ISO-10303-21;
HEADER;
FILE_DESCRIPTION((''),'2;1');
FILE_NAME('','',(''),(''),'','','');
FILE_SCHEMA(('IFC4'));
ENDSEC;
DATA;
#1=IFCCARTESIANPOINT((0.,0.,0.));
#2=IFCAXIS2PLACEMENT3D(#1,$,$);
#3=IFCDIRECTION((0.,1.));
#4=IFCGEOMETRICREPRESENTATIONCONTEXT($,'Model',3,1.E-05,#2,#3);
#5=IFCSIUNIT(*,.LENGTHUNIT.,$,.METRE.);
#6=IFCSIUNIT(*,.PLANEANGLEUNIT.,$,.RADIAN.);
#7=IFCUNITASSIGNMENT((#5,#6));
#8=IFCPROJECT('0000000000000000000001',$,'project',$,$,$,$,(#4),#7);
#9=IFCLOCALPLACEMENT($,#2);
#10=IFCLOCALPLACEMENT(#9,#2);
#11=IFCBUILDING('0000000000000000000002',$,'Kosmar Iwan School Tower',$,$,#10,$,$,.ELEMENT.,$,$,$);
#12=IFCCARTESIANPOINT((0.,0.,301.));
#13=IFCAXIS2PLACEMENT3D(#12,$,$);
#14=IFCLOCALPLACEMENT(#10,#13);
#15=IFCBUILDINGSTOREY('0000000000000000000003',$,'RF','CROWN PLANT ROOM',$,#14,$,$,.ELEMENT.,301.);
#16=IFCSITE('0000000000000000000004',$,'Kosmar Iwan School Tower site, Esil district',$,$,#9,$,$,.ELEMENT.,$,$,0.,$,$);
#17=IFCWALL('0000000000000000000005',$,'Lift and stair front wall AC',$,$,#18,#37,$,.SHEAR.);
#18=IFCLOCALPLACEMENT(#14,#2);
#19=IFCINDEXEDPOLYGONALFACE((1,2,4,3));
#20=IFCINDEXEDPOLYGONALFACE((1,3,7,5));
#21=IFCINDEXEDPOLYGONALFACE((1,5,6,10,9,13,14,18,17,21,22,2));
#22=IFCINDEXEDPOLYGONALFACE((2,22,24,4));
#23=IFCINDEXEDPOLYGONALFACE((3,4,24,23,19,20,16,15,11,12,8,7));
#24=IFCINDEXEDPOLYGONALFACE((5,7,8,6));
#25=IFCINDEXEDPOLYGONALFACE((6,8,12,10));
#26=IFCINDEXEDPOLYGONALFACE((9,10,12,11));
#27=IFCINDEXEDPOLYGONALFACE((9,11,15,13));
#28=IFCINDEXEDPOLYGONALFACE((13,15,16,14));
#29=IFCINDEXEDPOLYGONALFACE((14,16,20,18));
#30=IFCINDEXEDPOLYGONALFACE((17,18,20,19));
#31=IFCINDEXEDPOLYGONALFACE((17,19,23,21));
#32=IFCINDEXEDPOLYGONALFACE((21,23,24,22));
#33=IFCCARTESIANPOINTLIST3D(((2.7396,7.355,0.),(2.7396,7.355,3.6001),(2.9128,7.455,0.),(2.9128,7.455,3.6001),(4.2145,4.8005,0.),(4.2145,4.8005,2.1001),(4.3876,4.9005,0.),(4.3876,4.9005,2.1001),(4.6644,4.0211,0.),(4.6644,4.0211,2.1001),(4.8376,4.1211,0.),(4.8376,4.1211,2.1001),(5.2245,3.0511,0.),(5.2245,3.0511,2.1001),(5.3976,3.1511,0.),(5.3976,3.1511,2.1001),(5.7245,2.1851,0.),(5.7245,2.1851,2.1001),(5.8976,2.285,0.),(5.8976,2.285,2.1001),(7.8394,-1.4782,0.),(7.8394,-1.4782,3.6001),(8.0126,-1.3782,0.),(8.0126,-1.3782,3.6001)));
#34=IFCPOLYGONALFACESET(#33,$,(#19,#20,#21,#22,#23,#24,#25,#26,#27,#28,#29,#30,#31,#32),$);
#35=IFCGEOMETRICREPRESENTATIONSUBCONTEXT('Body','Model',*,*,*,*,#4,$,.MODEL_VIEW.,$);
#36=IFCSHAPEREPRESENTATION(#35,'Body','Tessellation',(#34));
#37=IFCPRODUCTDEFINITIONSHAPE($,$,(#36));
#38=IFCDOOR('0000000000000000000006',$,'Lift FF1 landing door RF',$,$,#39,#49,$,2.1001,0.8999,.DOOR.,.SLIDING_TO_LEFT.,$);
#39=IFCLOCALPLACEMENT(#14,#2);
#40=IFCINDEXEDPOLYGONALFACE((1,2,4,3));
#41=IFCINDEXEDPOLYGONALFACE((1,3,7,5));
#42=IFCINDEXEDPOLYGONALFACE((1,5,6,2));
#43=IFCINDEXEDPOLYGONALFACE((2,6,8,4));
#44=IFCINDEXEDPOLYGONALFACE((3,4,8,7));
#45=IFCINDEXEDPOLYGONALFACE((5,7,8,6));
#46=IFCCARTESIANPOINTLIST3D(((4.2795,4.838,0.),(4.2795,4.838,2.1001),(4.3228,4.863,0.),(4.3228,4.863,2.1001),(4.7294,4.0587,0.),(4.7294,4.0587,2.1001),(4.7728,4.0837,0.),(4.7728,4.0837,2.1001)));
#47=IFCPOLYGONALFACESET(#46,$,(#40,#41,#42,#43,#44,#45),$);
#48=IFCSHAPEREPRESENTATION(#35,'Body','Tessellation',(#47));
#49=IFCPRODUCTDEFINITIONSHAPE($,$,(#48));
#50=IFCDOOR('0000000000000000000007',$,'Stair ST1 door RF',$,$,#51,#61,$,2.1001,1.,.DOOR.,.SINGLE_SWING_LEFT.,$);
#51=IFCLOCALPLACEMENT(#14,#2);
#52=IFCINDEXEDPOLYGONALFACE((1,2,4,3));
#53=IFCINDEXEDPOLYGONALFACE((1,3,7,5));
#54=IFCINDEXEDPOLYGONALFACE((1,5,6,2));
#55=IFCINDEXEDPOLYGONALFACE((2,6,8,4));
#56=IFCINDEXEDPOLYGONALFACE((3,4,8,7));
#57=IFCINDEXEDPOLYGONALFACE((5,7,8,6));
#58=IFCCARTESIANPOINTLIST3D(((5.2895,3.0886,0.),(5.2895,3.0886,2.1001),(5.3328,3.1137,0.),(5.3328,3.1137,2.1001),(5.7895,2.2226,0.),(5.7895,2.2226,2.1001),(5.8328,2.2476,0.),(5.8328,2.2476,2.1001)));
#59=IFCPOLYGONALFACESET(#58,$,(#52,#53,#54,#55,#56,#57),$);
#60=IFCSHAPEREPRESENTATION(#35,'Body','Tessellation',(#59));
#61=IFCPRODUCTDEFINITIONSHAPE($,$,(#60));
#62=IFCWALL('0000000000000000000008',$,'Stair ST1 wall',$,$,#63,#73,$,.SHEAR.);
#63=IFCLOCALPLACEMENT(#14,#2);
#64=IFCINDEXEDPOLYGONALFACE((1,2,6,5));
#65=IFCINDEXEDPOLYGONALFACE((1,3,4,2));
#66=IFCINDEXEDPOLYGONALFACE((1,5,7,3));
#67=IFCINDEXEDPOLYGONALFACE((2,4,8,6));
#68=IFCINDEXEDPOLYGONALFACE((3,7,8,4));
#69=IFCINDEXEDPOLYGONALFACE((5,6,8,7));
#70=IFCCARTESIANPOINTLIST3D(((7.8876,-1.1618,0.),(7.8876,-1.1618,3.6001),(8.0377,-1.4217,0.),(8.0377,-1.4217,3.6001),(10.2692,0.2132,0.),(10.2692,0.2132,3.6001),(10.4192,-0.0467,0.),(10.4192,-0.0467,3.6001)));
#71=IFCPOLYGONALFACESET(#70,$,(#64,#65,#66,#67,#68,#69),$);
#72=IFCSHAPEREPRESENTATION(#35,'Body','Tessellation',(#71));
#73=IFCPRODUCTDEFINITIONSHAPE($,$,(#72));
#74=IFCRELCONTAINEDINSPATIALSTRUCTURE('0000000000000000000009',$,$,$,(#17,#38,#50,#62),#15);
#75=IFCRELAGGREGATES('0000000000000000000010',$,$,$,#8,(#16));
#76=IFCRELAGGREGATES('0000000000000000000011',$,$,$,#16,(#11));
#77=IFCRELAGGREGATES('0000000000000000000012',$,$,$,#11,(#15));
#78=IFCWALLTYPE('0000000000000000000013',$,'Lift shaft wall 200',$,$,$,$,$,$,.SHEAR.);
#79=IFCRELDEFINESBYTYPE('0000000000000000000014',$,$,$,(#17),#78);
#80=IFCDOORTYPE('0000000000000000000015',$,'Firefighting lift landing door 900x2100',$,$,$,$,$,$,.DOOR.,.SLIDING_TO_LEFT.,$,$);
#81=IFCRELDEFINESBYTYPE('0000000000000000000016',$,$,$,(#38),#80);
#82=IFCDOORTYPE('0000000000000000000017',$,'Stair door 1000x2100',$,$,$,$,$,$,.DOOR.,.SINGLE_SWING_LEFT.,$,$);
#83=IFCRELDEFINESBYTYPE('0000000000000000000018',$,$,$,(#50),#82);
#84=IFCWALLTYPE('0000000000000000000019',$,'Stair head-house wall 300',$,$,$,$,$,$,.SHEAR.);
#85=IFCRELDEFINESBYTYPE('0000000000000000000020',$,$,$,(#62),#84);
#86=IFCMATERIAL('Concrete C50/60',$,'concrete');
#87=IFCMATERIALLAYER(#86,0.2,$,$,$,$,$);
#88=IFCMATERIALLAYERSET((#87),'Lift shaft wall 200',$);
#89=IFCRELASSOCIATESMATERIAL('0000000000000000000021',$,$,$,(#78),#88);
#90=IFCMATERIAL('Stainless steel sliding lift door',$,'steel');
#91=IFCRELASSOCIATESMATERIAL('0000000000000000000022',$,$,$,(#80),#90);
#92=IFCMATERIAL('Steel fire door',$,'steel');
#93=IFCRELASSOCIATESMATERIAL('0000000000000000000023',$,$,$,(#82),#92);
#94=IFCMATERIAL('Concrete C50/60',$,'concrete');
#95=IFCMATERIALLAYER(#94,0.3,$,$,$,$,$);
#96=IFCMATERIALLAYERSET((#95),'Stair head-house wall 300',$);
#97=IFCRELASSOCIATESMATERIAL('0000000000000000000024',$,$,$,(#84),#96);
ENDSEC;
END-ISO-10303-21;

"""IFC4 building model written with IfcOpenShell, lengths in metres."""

from ifc_helpers import new_model, si_unit, direction, frame, frame_2d, origin, place, context, subcontext, project, spatial, rectangle, extrude, material, layer, layer_set, type_object, element, fill, save


model = new_model("IFC4")

# Units and contexts
model_context = context("Model", 3, precision=1e-05, world=origin(), true_north=direction((0.0, 1.0)))
body_context = subcontext(model_context, "Body", "Model", "MODEL_VIEW")
ifc_project = project(units=[si_unit("LENGTHUNIT", "METRE"), si_unit("PLANEANGLEUNIT", "RADIAN")], contexts=[model_context])

# Site, building, storey
site_placement = place(None, origin())
site = spatial("IfcSite", under=ifc_project, at=site_placement, Name="Kosmar Iwan School Tower site, Esil district", CompositionType="ELEMENT", RefElevation=0.0)
building_placement = place(site_placement, origin())
building = spatial("IfcBuilding", under=site, at=building_placement, Name="Kosmar Iwan School Tower", CompositionType="ELEMENT")
storey_placement = place(building_placement, frame((0.0, 0.0, 301.0)))
storey = spatial("IfcBuildingStorey", under=building, at=storey_placement, Name="RF", Description="CROWN PLANT ROOM", CompositionType="ELEMENT", Elevation=301.0)

# Wall, openings, doors
ifc_material_1 = material(Name="Concrete C50/60", Category="concrete")
ifc_layer_1 = layer(ifc_material_1, 0.2)
ifc_layer_set_1 = layer_set([ifc_layer_1], Name="Lift shaft wall 200")
wall_type_1 = type_object("IfcWallType", Name="Lift shaft wall 200", PredefinedType="SHEAR", material=ifc_layer_set_1)
wall_1_placement = place(storey_placement, frame((7.926, -1.4282, 0.0), z_axis=(0.0, 0.0, 1.0), x_axis=(-0.499998, 0.866027, 0.0)))
wall_1 = element("IfcWall", 1, at=wall_1_placement, inside=storey, type_object=wall_type_1, Name="Lift and stair front wall AC", PredefinedType="SHEAR", context=body_context, shape_type="SweptSolid", body=[
    extrude(rectangle(XDim=10.1997, YDim=0.2, at=frame_2d((5.0999, 0.0))), origin(), (0.0, 0.0, 1.0), 3.6001),
])
opening_1_placement = place(wall_1_placement, frame((6.3501, 0.0, 0.0)))
opening_1 = element("IfcOpeningElement", 2, at=opening_1_placement, cuts=wall_1, PredefinedType="OPENING", context=body_context, shape_type="SweptSolid", body=[
    extrude(rectangle(XDim=0.8999, YDim=2.1001, at=frame_2d((0.45, 1.05))), frame((0.0, 0.1121, 0.0), z_axis=(0.0, -1.0, 0.0), x_axis=(1.0, 0.0, 0.0)), (0.0, 0.0, 1.0), 0.2239),
])
opening_2_placement = place(wall_1_placement, frame((4.23, 0.0, 0.0)))
opening_2 = element("IfcOpeningElement", 3, at=opening_2_placement, cuts=wall_1, PredefinedType="OPENING", context=body_context, shape_type="SweptSolid", body=[
    extrude(rectangle(XDim=1.0, YDim=2.1001, at=frame_2d((0.5, 1.05))), frame((0.0, 0.1121, 0.0), z_axis=(0.0, -1.0, 0.0), x_axis=(1.0, 0.0, 0.0)), (0.0, 0.0, 1.0), 0.2239),
])
ifc_material_2 = material(Name="Stainless steel sliding lift door", Category="steel")
door_type_1 = type_object("IfcDoorType", Name="Firefighting lift landing door 900x2100", OperationType="SLIDING_TO_LEFT", PredefinedType="DOOR", material=ifc_material_2)
door_1_placement = place(opening_1_placement, origin())
door_1 = element("IfcDoor", 4, at=door_1_placement, inside=storey, type_object=door_type_1, Name="Lift FF1 landing door RF", OperationType="SLIDING_TO_LEFT", OverallHeight=2.1001, OverallWidth=0.8999, PredefinedType="DOOR", context=body_context, shape_type="SweptSolid", body=[
    extrude(rectangle(XDim=0.8999, YDim=2.1001, at=frame_2d((0.45, 1.05))), frame((0.0, 0.0249, 0.0), z_axis=(0.0, -1.0, 0.0), x_axis=(1.0, 0.0, 0.0)), (0.0, 0.0, 1.0), 0.05),
])
fill(opening_1, door_1)
ifc_material_3 = material(Name="Steel fire door", Category="steel")
door_type_2 = type_object("IfcDoorType", Name="Stair door 1000x2100", OperationType="SINGLE_SWING_LEFT", PredefinedType="DOOR", material=ifc_material_3)
door_2_placement = place(opening_2_placement, origin())
door_2 = element("IfcDoor", 5, at=door_2_placement, inside=storey, type_object=door_type_2, Name="Stair ST1 door RF", OperationType="SINGLE_SWING_LEFT", OverallHeight=2.1001, OverallWidth=1.0, PredefinedType="DOOR", context=body_context, shape_type="SweptSolid", body=[
    extrude(rectangle(XDim=1.0, YDim=2.1001, at=frame_2d((0.5, 1.05))), frame((0.0, 0.0249, 0.0), z_axis=(0.0, -1.0, 0.0), x_axis=(1.0, 0.0, 0.0)), (0.0, 0.0, 1.0), 0.05),
])
fill(opening_2, door_2)

# Wall
ifc_material_4 = material(Name="Concrete C50/60", Category="concrete")
ifc_layer_2 = layer(ifc_material_4, 0.3)
ifc_layer_set_2 = layer_set([ifc_layer_2], Name="Stair head-house wall 300")
wall_type_2 = type_object("IfcWallType", Name="Stair head-house wall 300", PredefinedType="SHEAR", material=ifc_layer_set_2)
wall_2_placement = place(storey_placement, frame((7.9626, -1.2917, 0.0), z_axis=(0.0, 0.0, 1.0), x_axis=(0.866027, 0.499997, 0.0)))
element("IfcWall", 6, at=wall_2_placement, inside=storey, type_object=wall_type_2, Name="Stair ST1 wall", PredefinedType="SHEAR", context=body_context, shape_type="SweptSolid", body=[
    extrude(rectangle(XDim=2.75, YDim=0.3, at=frame_2d((1.375, 0.0))), origin(), (0.0, 0.0, 1.0), 3.6001),
])

save(model, "model.ifc")
